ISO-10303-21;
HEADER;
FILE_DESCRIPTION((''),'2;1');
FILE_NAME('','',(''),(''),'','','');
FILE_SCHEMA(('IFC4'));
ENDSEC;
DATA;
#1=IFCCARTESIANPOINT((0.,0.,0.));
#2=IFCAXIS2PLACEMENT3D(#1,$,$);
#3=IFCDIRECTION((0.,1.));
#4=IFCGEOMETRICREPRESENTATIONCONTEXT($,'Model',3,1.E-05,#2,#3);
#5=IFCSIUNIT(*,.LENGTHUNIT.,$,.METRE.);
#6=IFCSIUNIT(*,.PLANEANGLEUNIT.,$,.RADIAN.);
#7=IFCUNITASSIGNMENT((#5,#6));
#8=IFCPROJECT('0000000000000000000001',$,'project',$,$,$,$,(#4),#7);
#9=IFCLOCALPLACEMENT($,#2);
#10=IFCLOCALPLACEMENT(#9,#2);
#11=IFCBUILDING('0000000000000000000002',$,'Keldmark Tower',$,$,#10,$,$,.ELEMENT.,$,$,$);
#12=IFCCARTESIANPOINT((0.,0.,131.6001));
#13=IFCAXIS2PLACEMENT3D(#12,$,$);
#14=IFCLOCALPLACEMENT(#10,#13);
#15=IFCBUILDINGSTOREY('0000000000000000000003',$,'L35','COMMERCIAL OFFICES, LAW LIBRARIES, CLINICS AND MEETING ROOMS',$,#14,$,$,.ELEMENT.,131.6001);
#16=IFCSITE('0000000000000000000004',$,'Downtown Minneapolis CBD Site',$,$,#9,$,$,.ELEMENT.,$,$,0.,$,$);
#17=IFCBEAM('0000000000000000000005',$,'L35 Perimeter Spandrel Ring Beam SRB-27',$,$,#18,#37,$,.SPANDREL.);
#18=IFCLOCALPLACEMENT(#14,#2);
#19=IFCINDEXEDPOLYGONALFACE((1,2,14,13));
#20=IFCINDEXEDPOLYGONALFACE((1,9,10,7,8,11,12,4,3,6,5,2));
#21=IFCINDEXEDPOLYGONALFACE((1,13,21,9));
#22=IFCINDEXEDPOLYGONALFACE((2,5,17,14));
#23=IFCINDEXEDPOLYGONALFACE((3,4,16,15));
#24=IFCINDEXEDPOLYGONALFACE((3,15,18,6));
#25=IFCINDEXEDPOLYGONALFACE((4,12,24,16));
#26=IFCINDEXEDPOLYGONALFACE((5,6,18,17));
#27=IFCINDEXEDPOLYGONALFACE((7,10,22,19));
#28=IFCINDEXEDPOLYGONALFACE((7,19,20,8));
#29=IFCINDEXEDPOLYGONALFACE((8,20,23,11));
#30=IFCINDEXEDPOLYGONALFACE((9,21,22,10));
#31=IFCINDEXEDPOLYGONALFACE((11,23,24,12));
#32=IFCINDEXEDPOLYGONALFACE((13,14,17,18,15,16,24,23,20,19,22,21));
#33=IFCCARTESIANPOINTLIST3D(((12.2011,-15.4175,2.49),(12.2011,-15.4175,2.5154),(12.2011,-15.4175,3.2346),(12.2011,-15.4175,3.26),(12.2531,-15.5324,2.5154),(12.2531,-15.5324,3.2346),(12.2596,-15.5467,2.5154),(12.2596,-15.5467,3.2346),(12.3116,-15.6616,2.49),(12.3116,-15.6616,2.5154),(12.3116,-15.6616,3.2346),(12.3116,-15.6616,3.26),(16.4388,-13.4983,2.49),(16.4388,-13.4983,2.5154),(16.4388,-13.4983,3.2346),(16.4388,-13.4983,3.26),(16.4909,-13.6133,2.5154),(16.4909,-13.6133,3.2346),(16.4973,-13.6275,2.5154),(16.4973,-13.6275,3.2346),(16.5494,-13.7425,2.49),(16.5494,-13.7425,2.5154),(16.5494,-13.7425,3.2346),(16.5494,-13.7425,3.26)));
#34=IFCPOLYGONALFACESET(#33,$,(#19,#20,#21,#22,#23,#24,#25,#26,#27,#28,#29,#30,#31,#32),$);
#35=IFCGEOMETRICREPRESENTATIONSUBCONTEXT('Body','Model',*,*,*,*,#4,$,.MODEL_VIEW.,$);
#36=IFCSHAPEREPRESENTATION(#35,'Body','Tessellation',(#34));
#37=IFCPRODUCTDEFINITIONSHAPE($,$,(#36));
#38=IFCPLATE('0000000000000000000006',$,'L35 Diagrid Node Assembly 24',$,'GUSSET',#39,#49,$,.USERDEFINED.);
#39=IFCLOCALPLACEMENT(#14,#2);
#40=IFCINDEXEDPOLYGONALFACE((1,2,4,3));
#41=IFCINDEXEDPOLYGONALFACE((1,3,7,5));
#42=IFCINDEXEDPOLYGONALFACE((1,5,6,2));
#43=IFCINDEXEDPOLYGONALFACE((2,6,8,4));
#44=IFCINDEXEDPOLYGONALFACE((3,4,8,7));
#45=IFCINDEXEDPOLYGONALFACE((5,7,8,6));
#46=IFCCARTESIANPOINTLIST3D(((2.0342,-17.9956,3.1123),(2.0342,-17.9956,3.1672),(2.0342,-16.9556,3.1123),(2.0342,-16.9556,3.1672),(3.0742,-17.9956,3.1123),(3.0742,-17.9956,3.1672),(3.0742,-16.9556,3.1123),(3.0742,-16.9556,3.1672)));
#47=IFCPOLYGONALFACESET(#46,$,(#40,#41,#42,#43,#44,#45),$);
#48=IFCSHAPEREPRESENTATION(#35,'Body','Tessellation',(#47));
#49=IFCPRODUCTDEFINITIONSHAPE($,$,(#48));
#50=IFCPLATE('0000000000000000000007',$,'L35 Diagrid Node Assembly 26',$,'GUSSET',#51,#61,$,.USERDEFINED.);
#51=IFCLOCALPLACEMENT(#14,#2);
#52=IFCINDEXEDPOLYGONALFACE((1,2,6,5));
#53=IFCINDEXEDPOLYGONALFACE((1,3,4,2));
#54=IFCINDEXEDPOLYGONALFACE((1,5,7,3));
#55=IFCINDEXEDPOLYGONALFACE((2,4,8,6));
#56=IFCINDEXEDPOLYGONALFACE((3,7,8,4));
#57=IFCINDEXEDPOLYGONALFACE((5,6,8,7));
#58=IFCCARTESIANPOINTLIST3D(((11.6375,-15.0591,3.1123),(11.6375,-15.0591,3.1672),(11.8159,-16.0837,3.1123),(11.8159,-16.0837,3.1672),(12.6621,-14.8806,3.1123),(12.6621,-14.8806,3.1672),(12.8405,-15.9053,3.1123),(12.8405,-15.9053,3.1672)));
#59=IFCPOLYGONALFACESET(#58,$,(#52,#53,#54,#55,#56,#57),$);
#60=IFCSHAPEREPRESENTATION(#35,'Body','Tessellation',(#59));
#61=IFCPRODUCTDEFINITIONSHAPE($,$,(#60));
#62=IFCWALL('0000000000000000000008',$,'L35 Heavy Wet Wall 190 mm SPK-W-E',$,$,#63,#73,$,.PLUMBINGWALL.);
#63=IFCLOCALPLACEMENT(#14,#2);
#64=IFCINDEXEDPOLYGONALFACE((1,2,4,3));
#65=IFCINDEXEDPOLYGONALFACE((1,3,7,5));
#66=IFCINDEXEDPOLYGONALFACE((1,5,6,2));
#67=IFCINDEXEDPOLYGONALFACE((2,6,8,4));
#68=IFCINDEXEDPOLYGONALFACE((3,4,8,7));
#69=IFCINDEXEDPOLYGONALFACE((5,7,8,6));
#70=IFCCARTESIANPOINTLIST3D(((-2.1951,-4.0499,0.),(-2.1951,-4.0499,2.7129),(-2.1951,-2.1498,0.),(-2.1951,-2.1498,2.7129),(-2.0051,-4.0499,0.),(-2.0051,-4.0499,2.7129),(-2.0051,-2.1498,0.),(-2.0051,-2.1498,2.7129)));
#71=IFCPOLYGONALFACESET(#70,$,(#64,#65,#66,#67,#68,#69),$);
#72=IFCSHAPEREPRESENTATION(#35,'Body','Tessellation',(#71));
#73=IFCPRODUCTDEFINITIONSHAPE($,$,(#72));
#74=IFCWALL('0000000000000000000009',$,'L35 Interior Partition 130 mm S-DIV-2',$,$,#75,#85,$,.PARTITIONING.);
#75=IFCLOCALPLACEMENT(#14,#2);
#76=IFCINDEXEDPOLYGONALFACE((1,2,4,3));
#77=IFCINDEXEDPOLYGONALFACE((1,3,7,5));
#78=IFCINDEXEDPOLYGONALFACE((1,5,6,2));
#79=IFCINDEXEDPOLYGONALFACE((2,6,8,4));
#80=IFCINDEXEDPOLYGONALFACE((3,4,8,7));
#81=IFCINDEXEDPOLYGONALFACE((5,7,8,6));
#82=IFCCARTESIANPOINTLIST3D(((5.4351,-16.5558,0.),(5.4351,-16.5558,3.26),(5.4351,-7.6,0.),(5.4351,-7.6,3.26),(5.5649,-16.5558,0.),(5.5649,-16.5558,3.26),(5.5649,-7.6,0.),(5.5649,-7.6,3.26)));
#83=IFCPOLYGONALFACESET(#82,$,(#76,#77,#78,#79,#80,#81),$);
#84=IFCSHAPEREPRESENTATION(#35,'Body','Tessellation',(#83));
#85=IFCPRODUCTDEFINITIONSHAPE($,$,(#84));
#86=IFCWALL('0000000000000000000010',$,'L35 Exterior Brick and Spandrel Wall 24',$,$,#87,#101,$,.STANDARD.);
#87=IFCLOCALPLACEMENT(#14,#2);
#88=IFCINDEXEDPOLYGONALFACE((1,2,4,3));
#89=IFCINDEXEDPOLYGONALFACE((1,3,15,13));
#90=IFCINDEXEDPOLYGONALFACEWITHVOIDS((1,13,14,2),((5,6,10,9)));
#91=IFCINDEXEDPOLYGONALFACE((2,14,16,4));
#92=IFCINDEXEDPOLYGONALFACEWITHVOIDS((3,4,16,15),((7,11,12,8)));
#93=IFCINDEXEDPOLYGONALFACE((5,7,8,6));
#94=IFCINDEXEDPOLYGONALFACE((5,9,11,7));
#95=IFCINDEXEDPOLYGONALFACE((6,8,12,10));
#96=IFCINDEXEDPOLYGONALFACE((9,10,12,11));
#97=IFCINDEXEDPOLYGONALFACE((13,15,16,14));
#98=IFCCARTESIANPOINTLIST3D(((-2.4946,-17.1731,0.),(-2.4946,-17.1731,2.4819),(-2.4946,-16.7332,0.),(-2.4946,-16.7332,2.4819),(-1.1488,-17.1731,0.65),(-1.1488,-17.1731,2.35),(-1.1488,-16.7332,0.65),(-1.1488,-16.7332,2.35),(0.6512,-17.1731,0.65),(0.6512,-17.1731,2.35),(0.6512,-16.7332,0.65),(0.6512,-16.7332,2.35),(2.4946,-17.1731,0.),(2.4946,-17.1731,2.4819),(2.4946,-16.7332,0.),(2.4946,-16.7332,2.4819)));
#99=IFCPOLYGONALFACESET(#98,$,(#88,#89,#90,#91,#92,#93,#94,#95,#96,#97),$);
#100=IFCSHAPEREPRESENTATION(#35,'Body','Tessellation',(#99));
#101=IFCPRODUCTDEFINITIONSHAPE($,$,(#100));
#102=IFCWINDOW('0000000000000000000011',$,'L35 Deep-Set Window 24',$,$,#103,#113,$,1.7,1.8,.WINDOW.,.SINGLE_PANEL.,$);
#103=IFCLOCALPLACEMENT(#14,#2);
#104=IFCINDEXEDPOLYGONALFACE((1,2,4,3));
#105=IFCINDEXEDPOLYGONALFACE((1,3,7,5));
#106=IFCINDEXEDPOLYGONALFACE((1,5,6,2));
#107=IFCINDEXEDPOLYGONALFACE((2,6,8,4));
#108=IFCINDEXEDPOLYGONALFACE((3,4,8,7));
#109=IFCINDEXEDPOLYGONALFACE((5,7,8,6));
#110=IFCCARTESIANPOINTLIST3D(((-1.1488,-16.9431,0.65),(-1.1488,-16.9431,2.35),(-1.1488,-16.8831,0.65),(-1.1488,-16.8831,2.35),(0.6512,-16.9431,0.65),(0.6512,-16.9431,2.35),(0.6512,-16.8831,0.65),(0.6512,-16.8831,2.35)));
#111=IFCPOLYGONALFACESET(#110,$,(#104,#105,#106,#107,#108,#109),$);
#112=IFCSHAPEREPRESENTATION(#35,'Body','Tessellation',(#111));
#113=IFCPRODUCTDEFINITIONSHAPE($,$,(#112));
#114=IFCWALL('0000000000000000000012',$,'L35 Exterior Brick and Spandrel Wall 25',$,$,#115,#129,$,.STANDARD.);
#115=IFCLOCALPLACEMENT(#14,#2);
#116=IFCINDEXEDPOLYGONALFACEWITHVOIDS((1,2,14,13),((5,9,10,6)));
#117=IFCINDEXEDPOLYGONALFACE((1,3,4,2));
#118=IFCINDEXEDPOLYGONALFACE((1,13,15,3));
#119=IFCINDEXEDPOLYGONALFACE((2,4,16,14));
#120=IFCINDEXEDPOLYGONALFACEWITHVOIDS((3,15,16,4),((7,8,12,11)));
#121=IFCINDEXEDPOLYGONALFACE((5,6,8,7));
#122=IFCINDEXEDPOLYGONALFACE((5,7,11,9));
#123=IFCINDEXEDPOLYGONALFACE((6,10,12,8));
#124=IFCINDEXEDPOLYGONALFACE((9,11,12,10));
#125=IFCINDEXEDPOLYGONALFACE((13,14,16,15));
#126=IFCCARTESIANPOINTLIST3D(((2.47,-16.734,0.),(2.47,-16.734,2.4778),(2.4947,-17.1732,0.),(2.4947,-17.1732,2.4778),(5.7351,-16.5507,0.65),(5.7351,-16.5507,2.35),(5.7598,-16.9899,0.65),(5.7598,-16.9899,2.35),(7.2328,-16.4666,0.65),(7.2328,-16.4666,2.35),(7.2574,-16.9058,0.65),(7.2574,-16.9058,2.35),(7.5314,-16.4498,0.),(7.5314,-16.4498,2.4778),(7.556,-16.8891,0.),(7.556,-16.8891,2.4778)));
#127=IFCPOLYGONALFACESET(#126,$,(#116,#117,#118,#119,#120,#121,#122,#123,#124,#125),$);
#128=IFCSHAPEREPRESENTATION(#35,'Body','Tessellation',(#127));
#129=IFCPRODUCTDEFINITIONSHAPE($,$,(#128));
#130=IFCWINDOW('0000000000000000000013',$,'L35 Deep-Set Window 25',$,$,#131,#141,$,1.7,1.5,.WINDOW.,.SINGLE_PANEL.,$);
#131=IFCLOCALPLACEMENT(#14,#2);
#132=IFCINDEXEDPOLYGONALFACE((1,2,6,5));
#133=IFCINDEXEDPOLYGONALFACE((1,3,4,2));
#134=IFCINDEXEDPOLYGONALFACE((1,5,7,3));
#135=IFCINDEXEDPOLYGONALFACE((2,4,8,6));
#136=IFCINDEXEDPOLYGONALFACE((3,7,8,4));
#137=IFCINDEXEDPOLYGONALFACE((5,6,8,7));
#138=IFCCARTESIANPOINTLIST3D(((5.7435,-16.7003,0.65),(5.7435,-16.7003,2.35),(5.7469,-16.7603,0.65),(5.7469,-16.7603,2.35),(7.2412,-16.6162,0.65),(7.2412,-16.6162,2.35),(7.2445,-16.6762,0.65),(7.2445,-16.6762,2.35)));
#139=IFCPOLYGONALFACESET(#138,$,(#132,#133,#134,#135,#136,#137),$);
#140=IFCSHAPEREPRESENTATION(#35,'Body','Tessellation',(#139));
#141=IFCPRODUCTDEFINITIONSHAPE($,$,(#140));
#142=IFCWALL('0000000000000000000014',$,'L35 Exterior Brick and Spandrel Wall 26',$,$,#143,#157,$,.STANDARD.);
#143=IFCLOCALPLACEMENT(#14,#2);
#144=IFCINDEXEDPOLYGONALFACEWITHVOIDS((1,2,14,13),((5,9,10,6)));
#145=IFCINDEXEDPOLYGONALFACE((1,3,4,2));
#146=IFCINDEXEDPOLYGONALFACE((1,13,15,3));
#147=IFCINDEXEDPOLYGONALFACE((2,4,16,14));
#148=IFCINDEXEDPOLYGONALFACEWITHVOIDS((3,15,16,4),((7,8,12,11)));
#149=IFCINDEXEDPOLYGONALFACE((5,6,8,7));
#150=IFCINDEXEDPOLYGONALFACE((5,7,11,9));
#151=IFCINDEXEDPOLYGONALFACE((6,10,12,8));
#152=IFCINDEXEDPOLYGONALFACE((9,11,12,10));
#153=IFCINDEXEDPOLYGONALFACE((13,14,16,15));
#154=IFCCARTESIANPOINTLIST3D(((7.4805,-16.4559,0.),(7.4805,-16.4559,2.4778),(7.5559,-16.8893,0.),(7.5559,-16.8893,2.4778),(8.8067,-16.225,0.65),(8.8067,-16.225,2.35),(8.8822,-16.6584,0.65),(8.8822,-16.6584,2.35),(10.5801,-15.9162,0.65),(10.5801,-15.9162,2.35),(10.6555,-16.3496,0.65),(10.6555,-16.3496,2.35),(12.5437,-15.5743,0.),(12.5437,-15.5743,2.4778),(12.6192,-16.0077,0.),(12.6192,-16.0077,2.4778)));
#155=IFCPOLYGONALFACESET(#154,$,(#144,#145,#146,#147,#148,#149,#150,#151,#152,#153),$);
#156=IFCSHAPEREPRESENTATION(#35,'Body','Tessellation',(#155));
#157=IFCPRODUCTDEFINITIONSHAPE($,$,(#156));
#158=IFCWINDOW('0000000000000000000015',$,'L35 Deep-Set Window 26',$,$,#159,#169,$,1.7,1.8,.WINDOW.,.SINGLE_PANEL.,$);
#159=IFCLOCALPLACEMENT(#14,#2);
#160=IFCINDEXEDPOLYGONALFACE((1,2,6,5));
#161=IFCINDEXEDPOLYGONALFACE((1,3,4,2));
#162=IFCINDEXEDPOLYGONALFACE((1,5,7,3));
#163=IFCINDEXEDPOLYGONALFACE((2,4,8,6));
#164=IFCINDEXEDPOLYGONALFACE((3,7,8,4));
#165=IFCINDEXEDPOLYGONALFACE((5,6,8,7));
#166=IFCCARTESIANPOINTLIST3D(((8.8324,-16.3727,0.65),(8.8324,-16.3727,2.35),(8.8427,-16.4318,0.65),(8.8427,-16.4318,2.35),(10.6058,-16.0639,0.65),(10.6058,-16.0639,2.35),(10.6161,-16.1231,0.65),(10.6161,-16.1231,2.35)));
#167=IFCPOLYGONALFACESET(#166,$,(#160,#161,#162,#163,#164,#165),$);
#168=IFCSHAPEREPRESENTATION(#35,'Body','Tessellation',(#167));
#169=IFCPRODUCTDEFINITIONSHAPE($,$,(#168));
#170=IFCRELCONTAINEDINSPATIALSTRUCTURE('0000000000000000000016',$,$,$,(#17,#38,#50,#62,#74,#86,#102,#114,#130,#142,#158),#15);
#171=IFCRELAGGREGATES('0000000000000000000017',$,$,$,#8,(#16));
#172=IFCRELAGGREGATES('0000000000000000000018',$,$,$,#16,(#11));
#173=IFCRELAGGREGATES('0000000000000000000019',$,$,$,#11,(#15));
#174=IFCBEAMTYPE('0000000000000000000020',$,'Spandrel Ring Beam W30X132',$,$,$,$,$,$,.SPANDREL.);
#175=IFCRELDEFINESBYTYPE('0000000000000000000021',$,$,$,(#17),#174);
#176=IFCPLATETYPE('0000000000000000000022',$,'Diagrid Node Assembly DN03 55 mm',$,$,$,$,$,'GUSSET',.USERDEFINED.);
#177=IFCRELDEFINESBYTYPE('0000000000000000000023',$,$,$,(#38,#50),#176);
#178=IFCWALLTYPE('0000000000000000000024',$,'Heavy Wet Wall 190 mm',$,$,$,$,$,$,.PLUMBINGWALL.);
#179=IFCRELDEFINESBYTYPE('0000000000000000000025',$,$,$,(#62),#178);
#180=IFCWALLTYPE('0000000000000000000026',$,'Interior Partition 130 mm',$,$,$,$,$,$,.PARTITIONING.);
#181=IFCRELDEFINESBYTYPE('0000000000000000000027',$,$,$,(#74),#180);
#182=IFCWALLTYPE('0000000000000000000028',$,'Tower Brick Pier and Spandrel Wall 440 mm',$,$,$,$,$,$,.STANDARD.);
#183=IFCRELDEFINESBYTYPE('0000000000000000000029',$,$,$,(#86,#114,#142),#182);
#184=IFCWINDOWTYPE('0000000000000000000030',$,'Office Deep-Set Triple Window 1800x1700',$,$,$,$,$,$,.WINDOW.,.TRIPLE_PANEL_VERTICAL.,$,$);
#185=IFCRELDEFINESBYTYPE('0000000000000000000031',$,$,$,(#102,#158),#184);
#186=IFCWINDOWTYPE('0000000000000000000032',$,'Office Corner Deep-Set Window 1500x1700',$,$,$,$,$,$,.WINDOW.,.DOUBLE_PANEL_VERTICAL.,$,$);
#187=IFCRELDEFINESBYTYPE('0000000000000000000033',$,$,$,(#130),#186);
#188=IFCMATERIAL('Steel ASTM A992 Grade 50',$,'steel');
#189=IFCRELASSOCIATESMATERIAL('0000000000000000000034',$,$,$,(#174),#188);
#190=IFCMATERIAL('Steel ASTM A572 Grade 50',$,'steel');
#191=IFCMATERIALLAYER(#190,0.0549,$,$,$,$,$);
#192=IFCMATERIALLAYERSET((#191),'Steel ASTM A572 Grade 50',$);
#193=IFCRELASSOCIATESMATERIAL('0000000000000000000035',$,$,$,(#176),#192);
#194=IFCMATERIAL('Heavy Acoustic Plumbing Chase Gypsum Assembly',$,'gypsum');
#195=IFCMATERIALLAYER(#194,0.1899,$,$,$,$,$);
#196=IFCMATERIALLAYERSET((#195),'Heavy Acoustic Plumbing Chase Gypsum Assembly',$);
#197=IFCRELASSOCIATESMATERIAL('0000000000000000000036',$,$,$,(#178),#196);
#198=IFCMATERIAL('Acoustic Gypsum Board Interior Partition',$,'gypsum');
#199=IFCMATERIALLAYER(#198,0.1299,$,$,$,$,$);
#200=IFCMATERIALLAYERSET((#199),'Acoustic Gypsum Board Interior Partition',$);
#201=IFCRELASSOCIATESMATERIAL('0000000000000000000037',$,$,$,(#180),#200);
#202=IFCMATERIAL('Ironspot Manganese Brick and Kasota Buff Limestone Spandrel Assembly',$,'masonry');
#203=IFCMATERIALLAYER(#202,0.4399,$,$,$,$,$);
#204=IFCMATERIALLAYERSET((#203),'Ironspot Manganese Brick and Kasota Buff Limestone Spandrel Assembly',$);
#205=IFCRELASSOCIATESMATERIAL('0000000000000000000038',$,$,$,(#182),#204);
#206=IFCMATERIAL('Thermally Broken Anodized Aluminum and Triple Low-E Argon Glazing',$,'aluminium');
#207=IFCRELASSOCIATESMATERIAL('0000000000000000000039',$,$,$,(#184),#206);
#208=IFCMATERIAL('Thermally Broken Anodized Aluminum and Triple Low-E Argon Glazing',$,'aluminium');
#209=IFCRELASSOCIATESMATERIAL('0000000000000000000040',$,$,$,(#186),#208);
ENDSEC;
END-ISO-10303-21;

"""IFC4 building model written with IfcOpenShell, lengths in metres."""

from ifc_helpers import new_model, si_unit, direction, frame, frame_2d, origin, origin_2d, place, context, subcontext, project, spatial, rectangle, i_section, extrude, material, layer, layer_set, material_profile, profile_set, type_object, element, fill, save


model = new_model("IFC4")

# Units and contexts
model_context = context("Model", 3, precision=1e-05, world=origin(), true_north=direction((0.0, 1.0)))
body_context = subcontext(model_context, "Body", "Model", "MODEL_VIEW")
ifc_project = project(units=[si_unit("LENGTHUNIT", "METRE"), si_unit("PLANEANGLEUNIT", "RADIAN")], contexts=[model_context])

# Site, building, storey
site_placement = place(None, origin())
site = spatial("IfcSite", under=ifc_project, at=site_placement, Name="Downtown Minneapolis CBD Site", CompositionType="ELEMENT", RefElevation=0.0)
building_placement = place(site_placement, origin())
building = spatial("IfcBuilding", under=site, at=building_placement, Name="Keldmark Tower", CompositionType="ELEMENT")
storey_placement = place(building_placement, frame((0.0, 0.0, 131.6001)))
storey = spatial("IfcBuildingStorey", under=building, at=storey_placement, Name="L35", Description="COMMERCIAL OFFICES, LAW LIBRARIES, CLINICS AND MEETING ROOMS", CompositionType="ELEMENT", Elevation=131.6001)

# Beam
ifc_material_1 = material(Name="Steel ASTM A992 Grade 50", Category="steel")
ifc_material_profile_1 = material_profile(ifc_material_1, i_section(OverallWidth=0.2681, OverallDepth=0.77, WebThickness=0.0156, FlangeThickness=0.0254, at=origin_2d()), Name="W30X132")
ifc_profile_set_1 = profile_set([ifc_material_profile_1], Name="Steel ASTM A992 Grade 50")
beam_type_1 = type_object("IfcBeamType", Name="Spandrel Ring Beam W30X132", PredefinedType="SPANDREL", material=ifc_profile_set_1)
beam_1_placement = place(storey_placement, frame((12.2563, -15.5396, 2.875), z_axis=(0.910939, 0.412541, 0.0), x_axis=(-0.412541, 0.910939, 0.0)))
element("IfcBeam", 1, at=beam_1_placement, inside=storey, type_object=beam_type_1, Name="L35 Perimeter Spandrel Ring Beam SRB-27", PredefinedType="SPANDREL", context=body_context, shape_type="SweptSolid", body=[
    extrude(i_section(OverallWidth=0.2681, OverallDepth=0.77, WebThickness=0.0156, FlangeThickness=0.0254, at=origin_2d()), origin(), (0.0, 0.0, 1.0), 4.6521),
])

# Plates
ifc_material_2 = material(Name="Steel ASTM A572 Grade 50", Category="steel")
ifc_layer_1 = layer(ifc_material_2, 0.0549)
ifc_layer_set_1 = layer_set([ifc_layer_1], Name="Steel ASTM A572 Grade 50")
plate_type = type_object("IfcPlateType", Name="Diagrid Node Assembly DN03 55 mm", ElementType="GUSSET", PredefinedType="USERDEFINED", material=ifc_layer_set_1)
for number, where, z_axis, x_axis, name in (
    (2, (2.5542, -17.4756, 3.1123), (0.0, 0.0, 1.0), (1.0, 0.0, 0.0), "L35 Diagrid Node Assembly 24"),
    (3, (12.239, -15.4822, 3.1123), (0.0, 0.0, 1.0), (0.985169, 0.171585, 0.0), "L35 Diagrid Node Assembly 26"),
):
    element("IfcPlate", number, at=place(storey_placement, frame(where, z_axis=z_axis, x_axis=x_axis)), inside=storey, type_object=plate_type, Name=name, ObjectType="GUSSET", PredefinedType="USERDEFINED", context=body_context, shape_type="SweptSolid", body=[
        extrude(rectangle(XDim=1.04, YDim=1.04, at=origin_2d()), origin(), (0.0, 0.0, 1.0), 0.0549),
    ])

# Walls
ifc_material_3 = material(Name="Heavy Acoustic Plumbing Chase Gypsum Assembly", Category="gypsum")
ifc_layer_2 = layer(ifc_material_3, 0.1899)
ifc_layer_set_2 = layer_set([ifc_layer_2], Name="Heavy Acoustic Plumbing Chase Gypsum Assembly")
wall_type_1 = type_object("IfcWallType", Name="Heavy Wet Wall 190 mm", PredefinedType="PLUMBINGWALL", material=ifc_layer_set_2)
wall_1_placement = place(storey_placement, frame((-2.1001, -4.05, 0.0), z_axis=(0.0, 0.0, 1.0), x_axis=(0.0, 1.0, 0.0)))
element("IfcWall", 4, at=wall_1_placement, inside=storey, type_object=wall_type_1, Name="L35 Heavy Wet Wall 190 mm SPK-W-E", PredefinedType="PLUMBINGWALL", context=body_context, shape_type="SweptSolid", body=[
    extrude(rectangle(XDim=1.9001, YDim=0.1899, at=frame_2d((0.9502, 0.0))), origin(), (0.0, 0.0, 1.0), 2.7129),
])
ifc_material_4 = material(Name="Acoustic Gypsum Board Interior Partition", Category="gypsum")
ifc_layer_3 = layer(ifc_material_4, 0.1299)
ifc_layer_set_3 = layer_set([ifc_layer_3], Name="Acoustic Gypsum Board Interior Partition")
wall_type_2 = type_object("IfcWallType", Name="Interior Partition 130 mm", PredefinedType="PARTITIONING", material=ifc_layer_set_3)
wall_2_placement = place(storey_placement, frame((5.5, -16.5559, 0.0), z_axis=(0.0, 0.0, 1.0), x_axis=(0.0, 1.0, 0.0)))
element("IfcWall", 5, at=wall_2_placement, inside=storey, type_object=wall_type_2, Name="L35 Interior Partition 130 mm S-DIV-2", PredefinedType="PARTITIONING", context=body_context, shape_type="SweptSolid", body=[
    extrude(rectangle(XDim=8.9558, YDim=0.1299, at=frame_2d((4.478, 0.0))), origin(), (0.0, 0.0, 1.0), 3.26),
])

# Walls, openings, windows
ifc_material_5 = material(Name="Ironspot Manganese Brick and Kasota Buff Limestone Spandrel Assembly", Category="masonry")
ifc_layer_4 = layer(ifc_material_5, 0.4399)
ifc_layer_set_4 = layer_set([ifc_layer_4], Name="Ironspot Manganese Brick and Kasota Buff Limestone Spandrel Assembly")
wall_type_3 = type_object("IfcWallType", Name="Tower Brick Pier and Spandrel Wall 440 mm", PredefinedType="STANDARD", material=ifc_layer_set_4)
wall_3_placement = place(storey_placement, frame((2.4946, -16.9531, 0.0), z_axis=(0.0, 0.0, 1.0), x_axis=(-1.0, 0.0, 0.0)))
wall_3 = element("IfcWall", 6, at=wall_3_placement, inside=storey, type_object=wall_type_3, Name="L35 Exterior Brick and Spandrel Wall 24", PredefinedType="STANDARD", context=body_context, shape_type="SweptSolid", body=[
    extrude(rectangle(XDim=4.9893, YDim=0.4399, at=frame_2d((2.4946, 0.0))), origin(), (0.0, 0.0, 1.0), 2.4819),
])
opening_1_placement = place(wall_3_placement, frame((1.8435, 0.0, 0.6499)))
opening_1 = element("IfcOpeningElement", 7, at=opening_1_placement, cuts=wall_3, PredefinedType="OPENING", context=body_context, shape_type="SweptSolid", body=[
    extrude(rectangle(XDim=1.8, YDim=1.7, at=frame_2d((0.8999, 0.8501))), frame((0.0, 0.23, 0.0), z_axis=(0.0, -1.0, 0.0), x_axis=(1.0, 0.0, 0.0)), (0.0, 0.0, 1.0), 0.46),
])
ifc_material_6 = material(Name="Thermally Broken Anodized Aluminum and Triple Low-E Argon Glazing", Category="aluminium")
window_type_1 = type_object("IfcWindowType", Name="Office Deep-Set Triple Window 1800x1700", PartitioningType="TRIPLE_PANEL_VERTICAL", PredefinedType="WINDOW", material=ifc_material_6)
window_1_placement = place(opening_1_placement, origin())
window_1 = element("IfcWindow", 8, at=window_1_placement, inside=storey, type_object=window_type_1, Name="L35 Deep-Set Window 24", OverallHeight=1.7, OverallWidth=1.8, PartitioningType="SINGLE_PANEL", PredefinedType="WINDOW", context=body_context, shape_type="SweptSolid", body=[
    extrude(rectangle(XDim=1.8, YDim=1.7, at=frame_2d((0.8999, 0.8501))), frame((0.0, -0.01, 0.0), z_axis=(0.0, -1.0, 0.0), x_axis=(1.0, 0.0, 0.0)), (0.0, 0.0, 1.0), 0.0601),
])
fill(opening_1, window_1)
wall_4_placement = place(storey_placement, frame((7.5437, -16.6694, 0.0), z_axis=(0.0, 0.0, 1.0), x_axis=(-0.998427, -0.05606, 0.0)))
wall_4 = element("IfcWall", 9, at=wall_4_placement, inside=storey, type_object=wall_type_3, Name="L35 Exterior Brick and Spandrel Wall 25", PredefinedType="STANDARD", context=body_context, shape_type="SweptSolid", body=[
    extrude(rectangle(XDim=5.0693, YDim=0.4399, at=frame_2d((2.5347, 0.0))), origin(), (0.0, 0.0, 1.0), 2.4778),
])
opening_2_placement = place(wall_4_placement, frame((0.2991, 0.0, 0.6499)))
opening_2 = element("IfcOpeningElement", 10, at=opening_2_placement, cuts=wall_4, PredefinedType="OPENING", context=body_context, shape_type="SweptSolid", body=[
    extrude(rectangle(XDim=1.5, YDim=1.7, at=frame_2d((0.75, 0.8501))), frame((0.0, 0.23, 0.0), z_axis=(0.0, -1.0, 0.0), x_axis=(1.0, 0.0, 0.0)), (0.0, 0.0, 1.0), 0.46),
])
ifc_material_7 = material(Name="Thermally Broken Anodized Aluminum and Triple Low-E Argon Glazing", Category="aluminium")
window_type_2 = type_object("IfcWindowType", Name="Office Corner Deep-Set Window 1500x1700", PartitioningType="DOUBLE_PANEL_VERTICAL", PredefinedType="WINDOW", material=ifc_material_7)
window_2_placement = place(opening_2_placement, origin())
window_2 = element("IfcWindow", 11, at=window_2_placement, inside=storey, type_object=window_type_2, Name="L35 Deep-Set Window 25", OverallHeight=1.7, OverallWidth=1.5, PartitioningType="SINGLE_PANEL", PredefinedType="WINDOW", context=body_context, shape_type="SweptSolid", body=[
    extrude(rectangle(XDim=1.5, YDim=1.7, at=frame_2d((0.75, 0.8501))), frame((0.0, -0.01, 0.0), z_axis=(0.0, -1.0, 0.0), x_axis=(1.0, 0.0, 0.0)), (0.0, 0.0, 1.0), 0.0601),
])
fill(opening_2, window_2)
wall_5_placement = place(storey_placement, frame((12.5815, -15.791, 0.0), z_axis=(0.0, 0.0, 1.0), x_axis=(-0.985178, -0.171536, 0.0)))
wall_5 = element("IfcWall", 12, at=wall_5_placement, inside=storey, type_object=wall_type_3, Name="L35 Exterior Brick and Spandrel Wall 26", PredefinedType="STANDARD", context=body_context, shape_type="SweptSolid", body=[
    extrude(rectangle(XDim=5.1394, YDim=0.4399, at=frame_2d((2.5698, 0.0))), origin(), (0.0, 0.0, 1.0), 2.4778),
])
opening_3_placement = place(wall_5_placement, frame((1.9934, 0.0, 0.6499)))
opening_3 = element("IfcOpeningElement", 13, at=opening_3_placement, cuts=wall_5, PredefinedType="OPENING", context=body_context, shape_type="SweptSolid", body=[
    extrude(rectangle(XDim=1.8, YDim=1.7, at=frame_2d((0.8999, 0.8501))), frame((0.0, 0.23, 0.0), z_axis=(0.0, -1.0, 0.0), x_axis=(1.0, 0.0, 0.0)), (0.0, 0.0, 1.0), 0.46),
])
window_3_placement = place(opening_3_placement, origin())
window_3 = element("IfcWindow", 14, at=window_3_placement, inside=storey, type_object=window_type_1, Name="L35 Deep-Set Window 26", OverallHeight=1.7, OverallWidth=1.8, PartitioningType="SINGLE_PANEL", PredefinedType="WINDOW", context=body_context, shape_type="SweptSolid", body=[
    extrude(rectangle(XDim=1.8, YDim=1.7, at=frame_2d((0.8999, 0.8501))), frame((0.0, -0.01, 0.0), z_axis=(0.0, -1.0, 0.0), x_axis=(1.0, 0.0, 0.0)), (0.0, 0.0, 1.0), 0.0601),
])
fill(opening_3, window_3)

save(model, "model.ifc")
